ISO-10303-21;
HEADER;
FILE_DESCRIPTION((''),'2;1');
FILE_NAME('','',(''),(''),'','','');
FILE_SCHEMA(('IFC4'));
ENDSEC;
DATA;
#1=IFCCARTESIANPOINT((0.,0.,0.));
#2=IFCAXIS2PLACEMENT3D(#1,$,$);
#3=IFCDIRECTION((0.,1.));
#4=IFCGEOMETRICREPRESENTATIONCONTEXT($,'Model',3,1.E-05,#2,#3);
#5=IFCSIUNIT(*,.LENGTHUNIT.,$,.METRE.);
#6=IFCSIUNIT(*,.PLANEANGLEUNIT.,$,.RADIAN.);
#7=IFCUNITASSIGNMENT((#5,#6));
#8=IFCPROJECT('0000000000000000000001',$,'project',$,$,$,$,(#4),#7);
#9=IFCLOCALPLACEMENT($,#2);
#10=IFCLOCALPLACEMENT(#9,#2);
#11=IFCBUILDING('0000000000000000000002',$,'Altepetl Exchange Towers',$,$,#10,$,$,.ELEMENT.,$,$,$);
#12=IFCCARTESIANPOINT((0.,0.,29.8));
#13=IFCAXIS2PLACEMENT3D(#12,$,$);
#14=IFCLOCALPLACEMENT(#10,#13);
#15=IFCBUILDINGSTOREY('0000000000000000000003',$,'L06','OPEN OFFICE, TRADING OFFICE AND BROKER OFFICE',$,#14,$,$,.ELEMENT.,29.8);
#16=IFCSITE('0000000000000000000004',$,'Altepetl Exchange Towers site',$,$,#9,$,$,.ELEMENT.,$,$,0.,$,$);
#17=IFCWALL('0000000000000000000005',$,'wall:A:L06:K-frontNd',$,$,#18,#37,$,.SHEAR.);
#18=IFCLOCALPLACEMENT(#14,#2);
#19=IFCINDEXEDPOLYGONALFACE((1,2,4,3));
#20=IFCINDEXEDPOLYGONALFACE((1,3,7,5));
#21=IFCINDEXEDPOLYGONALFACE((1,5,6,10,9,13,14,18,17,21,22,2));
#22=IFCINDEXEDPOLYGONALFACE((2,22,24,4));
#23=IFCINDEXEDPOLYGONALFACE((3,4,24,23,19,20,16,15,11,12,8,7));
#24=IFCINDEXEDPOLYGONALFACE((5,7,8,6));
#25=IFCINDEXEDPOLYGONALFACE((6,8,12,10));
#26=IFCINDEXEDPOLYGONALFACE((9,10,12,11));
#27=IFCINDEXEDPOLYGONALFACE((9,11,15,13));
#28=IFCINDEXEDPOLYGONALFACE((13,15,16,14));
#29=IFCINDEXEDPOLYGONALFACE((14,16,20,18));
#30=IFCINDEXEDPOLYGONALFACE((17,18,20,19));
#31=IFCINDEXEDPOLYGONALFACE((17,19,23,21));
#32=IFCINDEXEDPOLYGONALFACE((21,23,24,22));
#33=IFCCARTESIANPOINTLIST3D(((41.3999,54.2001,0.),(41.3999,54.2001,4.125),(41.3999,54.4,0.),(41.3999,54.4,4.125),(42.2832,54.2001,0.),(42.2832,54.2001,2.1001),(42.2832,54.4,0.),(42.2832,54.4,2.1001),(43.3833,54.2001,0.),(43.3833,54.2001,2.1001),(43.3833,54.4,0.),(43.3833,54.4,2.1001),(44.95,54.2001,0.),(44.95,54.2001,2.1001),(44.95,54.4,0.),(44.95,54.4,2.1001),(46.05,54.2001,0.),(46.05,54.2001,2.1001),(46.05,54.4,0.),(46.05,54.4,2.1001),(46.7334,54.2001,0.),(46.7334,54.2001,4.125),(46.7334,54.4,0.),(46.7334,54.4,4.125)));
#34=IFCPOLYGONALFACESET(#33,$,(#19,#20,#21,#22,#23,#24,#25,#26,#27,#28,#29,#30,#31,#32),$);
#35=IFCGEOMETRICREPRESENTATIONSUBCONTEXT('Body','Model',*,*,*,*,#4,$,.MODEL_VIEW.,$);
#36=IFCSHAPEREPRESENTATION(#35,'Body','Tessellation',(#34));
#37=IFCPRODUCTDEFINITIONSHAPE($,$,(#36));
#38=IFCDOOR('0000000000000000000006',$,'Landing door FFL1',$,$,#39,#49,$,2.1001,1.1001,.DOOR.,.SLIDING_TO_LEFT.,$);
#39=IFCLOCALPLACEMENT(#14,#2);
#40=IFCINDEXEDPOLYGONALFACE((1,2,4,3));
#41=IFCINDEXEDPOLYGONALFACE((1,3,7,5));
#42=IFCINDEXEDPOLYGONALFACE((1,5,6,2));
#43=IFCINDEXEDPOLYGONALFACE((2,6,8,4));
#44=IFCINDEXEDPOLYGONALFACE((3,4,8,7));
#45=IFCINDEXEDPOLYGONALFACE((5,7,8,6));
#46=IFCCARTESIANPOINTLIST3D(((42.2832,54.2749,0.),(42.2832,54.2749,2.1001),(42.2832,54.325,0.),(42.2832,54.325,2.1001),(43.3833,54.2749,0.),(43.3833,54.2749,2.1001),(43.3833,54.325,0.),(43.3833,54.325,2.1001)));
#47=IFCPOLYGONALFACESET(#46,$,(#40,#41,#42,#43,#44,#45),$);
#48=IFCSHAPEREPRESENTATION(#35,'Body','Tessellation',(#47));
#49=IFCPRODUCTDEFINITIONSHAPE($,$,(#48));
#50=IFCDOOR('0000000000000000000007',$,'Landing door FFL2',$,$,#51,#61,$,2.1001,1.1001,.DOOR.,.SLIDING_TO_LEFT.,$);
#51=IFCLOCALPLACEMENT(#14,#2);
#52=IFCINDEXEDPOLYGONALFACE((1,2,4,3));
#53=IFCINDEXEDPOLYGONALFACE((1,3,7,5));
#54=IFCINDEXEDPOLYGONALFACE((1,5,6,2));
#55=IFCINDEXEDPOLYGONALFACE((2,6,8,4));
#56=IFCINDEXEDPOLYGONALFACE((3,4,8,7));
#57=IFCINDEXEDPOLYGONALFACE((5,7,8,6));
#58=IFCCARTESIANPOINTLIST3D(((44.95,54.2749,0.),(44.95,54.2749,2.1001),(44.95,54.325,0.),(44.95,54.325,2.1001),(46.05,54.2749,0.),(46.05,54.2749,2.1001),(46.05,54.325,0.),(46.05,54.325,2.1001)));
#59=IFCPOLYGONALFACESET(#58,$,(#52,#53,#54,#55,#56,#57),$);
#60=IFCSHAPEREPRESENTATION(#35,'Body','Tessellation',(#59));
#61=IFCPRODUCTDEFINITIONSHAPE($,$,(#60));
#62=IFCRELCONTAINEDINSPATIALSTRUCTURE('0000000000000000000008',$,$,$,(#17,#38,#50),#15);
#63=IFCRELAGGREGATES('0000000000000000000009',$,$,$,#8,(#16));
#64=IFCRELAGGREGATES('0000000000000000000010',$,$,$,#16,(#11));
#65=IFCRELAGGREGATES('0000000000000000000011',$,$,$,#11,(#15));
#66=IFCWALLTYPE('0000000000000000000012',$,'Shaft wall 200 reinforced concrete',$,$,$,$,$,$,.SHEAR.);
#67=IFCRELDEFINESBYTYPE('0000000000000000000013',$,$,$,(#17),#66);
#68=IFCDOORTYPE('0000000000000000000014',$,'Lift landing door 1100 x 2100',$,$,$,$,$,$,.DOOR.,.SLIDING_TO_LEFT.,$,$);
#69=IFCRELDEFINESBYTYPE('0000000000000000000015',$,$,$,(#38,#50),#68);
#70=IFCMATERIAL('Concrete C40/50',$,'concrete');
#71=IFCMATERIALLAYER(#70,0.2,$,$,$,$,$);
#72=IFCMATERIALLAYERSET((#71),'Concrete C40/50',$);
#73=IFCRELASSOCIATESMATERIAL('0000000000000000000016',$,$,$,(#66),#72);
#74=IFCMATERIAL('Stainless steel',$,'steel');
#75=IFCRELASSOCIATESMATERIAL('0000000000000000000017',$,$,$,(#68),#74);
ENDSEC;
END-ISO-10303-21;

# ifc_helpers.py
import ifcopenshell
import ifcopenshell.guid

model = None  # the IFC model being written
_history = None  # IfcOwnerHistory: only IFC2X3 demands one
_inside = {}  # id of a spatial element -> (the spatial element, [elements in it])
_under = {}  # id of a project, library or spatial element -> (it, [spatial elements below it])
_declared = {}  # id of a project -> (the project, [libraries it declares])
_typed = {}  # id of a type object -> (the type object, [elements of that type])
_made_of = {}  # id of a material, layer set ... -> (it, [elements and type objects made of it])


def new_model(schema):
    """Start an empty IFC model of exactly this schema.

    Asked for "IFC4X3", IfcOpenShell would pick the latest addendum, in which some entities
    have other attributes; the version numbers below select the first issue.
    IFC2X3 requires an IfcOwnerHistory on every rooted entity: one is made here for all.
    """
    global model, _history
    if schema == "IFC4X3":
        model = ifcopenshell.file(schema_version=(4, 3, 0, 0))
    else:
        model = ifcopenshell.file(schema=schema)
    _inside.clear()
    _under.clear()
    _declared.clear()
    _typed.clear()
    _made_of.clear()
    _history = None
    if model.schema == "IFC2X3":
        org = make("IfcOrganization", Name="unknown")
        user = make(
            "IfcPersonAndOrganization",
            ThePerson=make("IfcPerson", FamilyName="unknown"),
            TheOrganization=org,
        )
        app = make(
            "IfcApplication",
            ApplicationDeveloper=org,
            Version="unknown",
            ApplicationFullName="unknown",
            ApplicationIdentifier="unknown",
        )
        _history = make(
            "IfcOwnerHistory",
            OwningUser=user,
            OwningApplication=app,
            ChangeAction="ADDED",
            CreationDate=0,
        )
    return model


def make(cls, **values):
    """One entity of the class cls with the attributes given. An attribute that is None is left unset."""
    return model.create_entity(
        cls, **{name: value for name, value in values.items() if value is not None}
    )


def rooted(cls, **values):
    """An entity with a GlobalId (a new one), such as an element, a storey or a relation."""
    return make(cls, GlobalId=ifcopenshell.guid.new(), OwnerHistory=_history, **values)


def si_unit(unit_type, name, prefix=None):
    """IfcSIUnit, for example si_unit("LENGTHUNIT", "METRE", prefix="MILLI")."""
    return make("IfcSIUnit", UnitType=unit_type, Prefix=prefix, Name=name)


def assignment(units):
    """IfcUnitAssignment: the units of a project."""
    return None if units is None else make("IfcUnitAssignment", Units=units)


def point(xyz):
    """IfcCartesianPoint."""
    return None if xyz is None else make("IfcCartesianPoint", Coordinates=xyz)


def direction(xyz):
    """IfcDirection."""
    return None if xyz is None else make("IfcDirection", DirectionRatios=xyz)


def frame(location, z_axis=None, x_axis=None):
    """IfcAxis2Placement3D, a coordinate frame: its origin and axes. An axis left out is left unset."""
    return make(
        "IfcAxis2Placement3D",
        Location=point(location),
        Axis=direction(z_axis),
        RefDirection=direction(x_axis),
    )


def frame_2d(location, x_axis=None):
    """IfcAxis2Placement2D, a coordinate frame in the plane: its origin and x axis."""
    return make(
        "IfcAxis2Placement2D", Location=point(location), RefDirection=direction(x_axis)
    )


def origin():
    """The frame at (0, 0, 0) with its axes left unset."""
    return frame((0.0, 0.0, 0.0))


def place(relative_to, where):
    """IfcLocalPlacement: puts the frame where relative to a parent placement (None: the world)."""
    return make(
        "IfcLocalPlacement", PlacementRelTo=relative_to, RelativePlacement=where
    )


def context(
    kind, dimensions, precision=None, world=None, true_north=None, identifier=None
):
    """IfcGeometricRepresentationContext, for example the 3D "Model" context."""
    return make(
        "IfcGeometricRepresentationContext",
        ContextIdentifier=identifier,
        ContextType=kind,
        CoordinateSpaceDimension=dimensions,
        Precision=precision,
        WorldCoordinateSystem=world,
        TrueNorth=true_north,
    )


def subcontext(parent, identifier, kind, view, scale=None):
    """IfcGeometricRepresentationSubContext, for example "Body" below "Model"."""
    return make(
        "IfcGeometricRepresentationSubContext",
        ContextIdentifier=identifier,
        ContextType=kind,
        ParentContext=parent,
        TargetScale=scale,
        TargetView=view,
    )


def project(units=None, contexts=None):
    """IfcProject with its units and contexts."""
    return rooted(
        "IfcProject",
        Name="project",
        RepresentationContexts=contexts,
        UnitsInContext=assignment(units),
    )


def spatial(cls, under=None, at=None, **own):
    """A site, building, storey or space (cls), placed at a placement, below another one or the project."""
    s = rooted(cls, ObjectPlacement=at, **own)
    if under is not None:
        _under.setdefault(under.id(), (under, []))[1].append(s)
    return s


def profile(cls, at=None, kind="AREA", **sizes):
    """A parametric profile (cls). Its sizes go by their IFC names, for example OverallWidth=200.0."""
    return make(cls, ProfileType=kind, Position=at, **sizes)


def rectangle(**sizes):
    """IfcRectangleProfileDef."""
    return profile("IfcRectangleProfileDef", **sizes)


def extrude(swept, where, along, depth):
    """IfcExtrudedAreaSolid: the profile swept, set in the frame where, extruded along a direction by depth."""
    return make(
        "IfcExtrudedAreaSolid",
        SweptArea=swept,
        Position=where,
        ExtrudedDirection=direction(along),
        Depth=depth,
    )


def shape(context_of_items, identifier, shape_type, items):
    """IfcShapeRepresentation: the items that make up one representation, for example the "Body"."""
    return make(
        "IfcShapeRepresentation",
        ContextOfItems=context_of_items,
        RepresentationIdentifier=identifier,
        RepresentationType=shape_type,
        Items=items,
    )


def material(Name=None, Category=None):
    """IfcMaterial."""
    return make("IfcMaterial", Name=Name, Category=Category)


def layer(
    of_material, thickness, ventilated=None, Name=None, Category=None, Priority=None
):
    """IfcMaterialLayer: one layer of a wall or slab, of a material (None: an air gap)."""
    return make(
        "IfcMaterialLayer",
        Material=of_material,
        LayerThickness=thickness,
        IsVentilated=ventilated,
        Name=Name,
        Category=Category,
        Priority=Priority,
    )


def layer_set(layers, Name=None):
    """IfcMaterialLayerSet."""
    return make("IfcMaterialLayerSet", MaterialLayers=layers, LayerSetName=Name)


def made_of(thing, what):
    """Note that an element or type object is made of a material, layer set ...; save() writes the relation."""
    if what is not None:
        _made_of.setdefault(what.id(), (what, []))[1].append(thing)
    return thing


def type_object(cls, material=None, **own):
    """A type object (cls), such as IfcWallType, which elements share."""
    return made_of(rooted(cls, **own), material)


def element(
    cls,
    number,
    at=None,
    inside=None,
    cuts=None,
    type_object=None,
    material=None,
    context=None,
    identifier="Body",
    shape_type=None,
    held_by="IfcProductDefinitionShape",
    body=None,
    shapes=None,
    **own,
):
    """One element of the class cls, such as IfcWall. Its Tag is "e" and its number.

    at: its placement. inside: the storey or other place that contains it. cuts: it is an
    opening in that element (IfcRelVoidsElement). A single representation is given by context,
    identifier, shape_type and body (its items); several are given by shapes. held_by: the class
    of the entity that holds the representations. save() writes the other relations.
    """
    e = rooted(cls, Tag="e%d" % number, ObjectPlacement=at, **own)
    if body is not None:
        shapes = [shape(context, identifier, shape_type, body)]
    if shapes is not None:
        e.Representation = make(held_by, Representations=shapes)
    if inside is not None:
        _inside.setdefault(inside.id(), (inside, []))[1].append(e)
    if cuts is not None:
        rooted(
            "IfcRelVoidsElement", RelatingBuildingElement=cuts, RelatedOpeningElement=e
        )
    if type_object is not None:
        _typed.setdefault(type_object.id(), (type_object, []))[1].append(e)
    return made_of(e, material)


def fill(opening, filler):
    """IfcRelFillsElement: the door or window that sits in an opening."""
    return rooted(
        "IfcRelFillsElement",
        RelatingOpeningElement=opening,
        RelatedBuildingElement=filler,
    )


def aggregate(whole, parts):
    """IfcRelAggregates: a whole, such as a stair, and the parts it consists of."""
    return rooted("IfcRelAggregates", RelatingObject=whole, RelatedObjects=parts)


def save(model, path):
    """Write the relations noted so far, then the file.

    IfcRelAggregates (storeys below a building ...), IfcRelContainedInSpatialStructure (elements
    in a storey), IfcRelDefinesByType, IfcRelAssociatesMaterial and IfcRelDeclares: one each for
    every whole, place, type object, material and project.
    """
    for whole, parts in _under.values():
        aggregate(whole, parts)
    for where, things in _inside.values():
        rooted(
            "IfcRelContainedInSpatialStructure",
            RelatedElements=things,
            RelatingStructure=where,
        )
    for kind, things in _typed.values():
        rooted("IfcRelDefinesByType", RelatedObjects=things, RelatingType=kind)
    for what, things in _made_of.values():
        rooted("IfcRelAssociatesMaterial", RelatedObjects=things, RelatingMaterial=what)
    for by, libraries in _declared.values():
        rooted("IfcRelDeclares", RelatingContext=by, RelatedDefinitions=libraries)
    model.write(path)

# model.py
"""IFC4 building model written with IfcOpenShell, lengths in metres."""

from ifc_helpers import new_model, si_unit, direction, frame, frame_2d, origin, place, context, subcontext, project, spatial, rectangle, extrude, material, layer, layer_set, type_object, element, fill, save


model = new_model("IFC4")

# Units and contexts
model_context = context("Model", 3, precision=1e-05, world=origin(), true_north=direction((0.0, 1.0)))
body_context = subcontext(model_context, "Body", "Model", "MODEL_VIEW")
ifc_project = project(units=[si_unit("LENGTHUNIT", "METRE"), si_unit("PLANEANGLEUNIT", "RADIAN")], contexts=[model_context])

# Site, building, storey
site_placement = place(None, origin())
site = spatial("IfcSite", under=ifc_project, at=site_placement, Name="Altepetl Exchange Towers site", CompositionType="ELEMENT", RefElevation=0.0)
building_placement = place(site_placement, origin())
building = spatial("IfcBuilding", under=site, at=building_placement, Name="Altepetl Exchange Towers", CompositionType="ELEMENT")
storey_placement = place(building_placement, frame((0.0, 0.0, 29.8)))
storey = spatial("IfcBuildingStorey", under=building, at=storey_placement, Name="L06", Description="OPEN OFFICE, TRADING OFFICE AND BROKER OFFICE", CompositionType="ELEMENT", Elevation=29.8)

# Wall, openings, doors
ifc_material_1 = material(Name="Concrete C40/50", Category="concrete")
ifc_layer_1 = layer(ifc_material_1, 0.2)
ifc_layer_set_1 = layer_set([ifc_layer_1], Name="Concrete C40/50")
wall_type_1 = type_object("IfcWallType", Name="Shaft wall 200 reinforced concrete", PredefinedType="SHEAR", material=ifc_layer_set_1)
wall_1_placement = place(storey_placement, frame((41.3999, 54.3, 0.0)))
wall_1 = element("IfcWall", 1, at=wall_1_placement, inside=storey, type_object=wall_type_1, Name="wall:A:L06:K-frontNd", PredefinedType="SHEAR", context=body_context, shape_type="SweptSolid", body=[
    extrude(rectangle(XDim=5.3335, YDim=0.2, at=frame_2d((2.6667, 0.0))), origin(), (0.0, 0.0, 1.0), 4.125),
])
opening_1_placement = place(wall_1_placement, frame((0.8833, 0.0, 0.0)))
opening_1 = element("IfcOpeningElement", 2, at=opening_1_placement, cuts=wall_1, PredefinedType="OPENING", context=body_context, shape_type="SweptSolid", body=[
    extrude(rectangle(XDim=1.1001, YDim=2.1001, at=frame_2d((0.55, 1.05))), frame((0.0, 0.1099, 0.0), z_axis=(0.0, -1.0, 0.0), x_axis=(1.0, 0.0, 0.0)), (0.0, 0.0, 1.0), 0.22),
])
opening_2_placement = place(wall_1_placement, frame((3.55, 0.0, 0.0)))
opening_2 = element("IfcOpeningElement", 3, at=opening_2_placement, cuts=wall_1, PredefinedType="OPENING", context=body_context, shape_type="SweptSolid", body=[
    extrude(rectangle(XDim=1.1001, YDim=2.1001, at=frame_2d((0.55, 1.05))), frame((0.0, 0.1099, 0.0), z_axis=(0.0, -1.0, 0.0), x_axis=(1.0, 0.0, 0.0)), (0.0, 0.0, 1.0), 0.22),
])
ifc_material_2 = material(Name="Stainless steel", Category="steel")
door_type_1 = type_object("IfcDoorType", Name="Lift landing door 1100 x 2100", OperationType="SLIDING_TO_LEFT", PredefinedType="DOOR", material=ifc_material_2)
door_1_placement = place(opening_1_placement, origin())
door_1 = element("IfcDoor", 4, at=door_1_placement, inside=storey, type_object=door_type_1, Name="Landing door FFL1", OperationType="SLIDING_TO_LEFT", OverallHeight=2.1001, OverallWidth=1.1001, PredefinedType="DOOR", context=body_context, shape_type="SweptSolid", body=[
    extrude(rectangle(XDim=1.1001, YDim=2.1001, at=frame_2d((0.55, 1.05))), frame((0.0, 0.0249, 0.0), z_axis=(0.0, -1.0, 0.0), x_axis=(1.0, 0.0, 0.0)), (0.0, 0.0, 1.0), 0.05),
])
fill(opening_1, door_1)
door_2_placement = place(opening_2_placement, origin())
door_2 = element("IfcDoor", 5, at=door_2_placement, inside=storey, type_object=door_type_1, Name="Landing door FFL2", OperationType="SLIDING_TO_LEFT", OverallHeight=2.1001, OverallWidth=1.1001, PredefinedType="DOOR", context=body_context, shape_type="SweptSolid", body=[
    extrude(rectangle(XDim=1.1001, YDim=2.1001, at=frame_2d((0.55, 1.05))), frame((0.0, 0.0249, 0.0), z_axis=(0.0, -1.0, 0.0), x_axis=(1.0, 0.0, 0.0)), (0.0, 0.0, 1.0), 0.05),
])
fill(opening_2, door_2)

save(model, "model.ifc")
